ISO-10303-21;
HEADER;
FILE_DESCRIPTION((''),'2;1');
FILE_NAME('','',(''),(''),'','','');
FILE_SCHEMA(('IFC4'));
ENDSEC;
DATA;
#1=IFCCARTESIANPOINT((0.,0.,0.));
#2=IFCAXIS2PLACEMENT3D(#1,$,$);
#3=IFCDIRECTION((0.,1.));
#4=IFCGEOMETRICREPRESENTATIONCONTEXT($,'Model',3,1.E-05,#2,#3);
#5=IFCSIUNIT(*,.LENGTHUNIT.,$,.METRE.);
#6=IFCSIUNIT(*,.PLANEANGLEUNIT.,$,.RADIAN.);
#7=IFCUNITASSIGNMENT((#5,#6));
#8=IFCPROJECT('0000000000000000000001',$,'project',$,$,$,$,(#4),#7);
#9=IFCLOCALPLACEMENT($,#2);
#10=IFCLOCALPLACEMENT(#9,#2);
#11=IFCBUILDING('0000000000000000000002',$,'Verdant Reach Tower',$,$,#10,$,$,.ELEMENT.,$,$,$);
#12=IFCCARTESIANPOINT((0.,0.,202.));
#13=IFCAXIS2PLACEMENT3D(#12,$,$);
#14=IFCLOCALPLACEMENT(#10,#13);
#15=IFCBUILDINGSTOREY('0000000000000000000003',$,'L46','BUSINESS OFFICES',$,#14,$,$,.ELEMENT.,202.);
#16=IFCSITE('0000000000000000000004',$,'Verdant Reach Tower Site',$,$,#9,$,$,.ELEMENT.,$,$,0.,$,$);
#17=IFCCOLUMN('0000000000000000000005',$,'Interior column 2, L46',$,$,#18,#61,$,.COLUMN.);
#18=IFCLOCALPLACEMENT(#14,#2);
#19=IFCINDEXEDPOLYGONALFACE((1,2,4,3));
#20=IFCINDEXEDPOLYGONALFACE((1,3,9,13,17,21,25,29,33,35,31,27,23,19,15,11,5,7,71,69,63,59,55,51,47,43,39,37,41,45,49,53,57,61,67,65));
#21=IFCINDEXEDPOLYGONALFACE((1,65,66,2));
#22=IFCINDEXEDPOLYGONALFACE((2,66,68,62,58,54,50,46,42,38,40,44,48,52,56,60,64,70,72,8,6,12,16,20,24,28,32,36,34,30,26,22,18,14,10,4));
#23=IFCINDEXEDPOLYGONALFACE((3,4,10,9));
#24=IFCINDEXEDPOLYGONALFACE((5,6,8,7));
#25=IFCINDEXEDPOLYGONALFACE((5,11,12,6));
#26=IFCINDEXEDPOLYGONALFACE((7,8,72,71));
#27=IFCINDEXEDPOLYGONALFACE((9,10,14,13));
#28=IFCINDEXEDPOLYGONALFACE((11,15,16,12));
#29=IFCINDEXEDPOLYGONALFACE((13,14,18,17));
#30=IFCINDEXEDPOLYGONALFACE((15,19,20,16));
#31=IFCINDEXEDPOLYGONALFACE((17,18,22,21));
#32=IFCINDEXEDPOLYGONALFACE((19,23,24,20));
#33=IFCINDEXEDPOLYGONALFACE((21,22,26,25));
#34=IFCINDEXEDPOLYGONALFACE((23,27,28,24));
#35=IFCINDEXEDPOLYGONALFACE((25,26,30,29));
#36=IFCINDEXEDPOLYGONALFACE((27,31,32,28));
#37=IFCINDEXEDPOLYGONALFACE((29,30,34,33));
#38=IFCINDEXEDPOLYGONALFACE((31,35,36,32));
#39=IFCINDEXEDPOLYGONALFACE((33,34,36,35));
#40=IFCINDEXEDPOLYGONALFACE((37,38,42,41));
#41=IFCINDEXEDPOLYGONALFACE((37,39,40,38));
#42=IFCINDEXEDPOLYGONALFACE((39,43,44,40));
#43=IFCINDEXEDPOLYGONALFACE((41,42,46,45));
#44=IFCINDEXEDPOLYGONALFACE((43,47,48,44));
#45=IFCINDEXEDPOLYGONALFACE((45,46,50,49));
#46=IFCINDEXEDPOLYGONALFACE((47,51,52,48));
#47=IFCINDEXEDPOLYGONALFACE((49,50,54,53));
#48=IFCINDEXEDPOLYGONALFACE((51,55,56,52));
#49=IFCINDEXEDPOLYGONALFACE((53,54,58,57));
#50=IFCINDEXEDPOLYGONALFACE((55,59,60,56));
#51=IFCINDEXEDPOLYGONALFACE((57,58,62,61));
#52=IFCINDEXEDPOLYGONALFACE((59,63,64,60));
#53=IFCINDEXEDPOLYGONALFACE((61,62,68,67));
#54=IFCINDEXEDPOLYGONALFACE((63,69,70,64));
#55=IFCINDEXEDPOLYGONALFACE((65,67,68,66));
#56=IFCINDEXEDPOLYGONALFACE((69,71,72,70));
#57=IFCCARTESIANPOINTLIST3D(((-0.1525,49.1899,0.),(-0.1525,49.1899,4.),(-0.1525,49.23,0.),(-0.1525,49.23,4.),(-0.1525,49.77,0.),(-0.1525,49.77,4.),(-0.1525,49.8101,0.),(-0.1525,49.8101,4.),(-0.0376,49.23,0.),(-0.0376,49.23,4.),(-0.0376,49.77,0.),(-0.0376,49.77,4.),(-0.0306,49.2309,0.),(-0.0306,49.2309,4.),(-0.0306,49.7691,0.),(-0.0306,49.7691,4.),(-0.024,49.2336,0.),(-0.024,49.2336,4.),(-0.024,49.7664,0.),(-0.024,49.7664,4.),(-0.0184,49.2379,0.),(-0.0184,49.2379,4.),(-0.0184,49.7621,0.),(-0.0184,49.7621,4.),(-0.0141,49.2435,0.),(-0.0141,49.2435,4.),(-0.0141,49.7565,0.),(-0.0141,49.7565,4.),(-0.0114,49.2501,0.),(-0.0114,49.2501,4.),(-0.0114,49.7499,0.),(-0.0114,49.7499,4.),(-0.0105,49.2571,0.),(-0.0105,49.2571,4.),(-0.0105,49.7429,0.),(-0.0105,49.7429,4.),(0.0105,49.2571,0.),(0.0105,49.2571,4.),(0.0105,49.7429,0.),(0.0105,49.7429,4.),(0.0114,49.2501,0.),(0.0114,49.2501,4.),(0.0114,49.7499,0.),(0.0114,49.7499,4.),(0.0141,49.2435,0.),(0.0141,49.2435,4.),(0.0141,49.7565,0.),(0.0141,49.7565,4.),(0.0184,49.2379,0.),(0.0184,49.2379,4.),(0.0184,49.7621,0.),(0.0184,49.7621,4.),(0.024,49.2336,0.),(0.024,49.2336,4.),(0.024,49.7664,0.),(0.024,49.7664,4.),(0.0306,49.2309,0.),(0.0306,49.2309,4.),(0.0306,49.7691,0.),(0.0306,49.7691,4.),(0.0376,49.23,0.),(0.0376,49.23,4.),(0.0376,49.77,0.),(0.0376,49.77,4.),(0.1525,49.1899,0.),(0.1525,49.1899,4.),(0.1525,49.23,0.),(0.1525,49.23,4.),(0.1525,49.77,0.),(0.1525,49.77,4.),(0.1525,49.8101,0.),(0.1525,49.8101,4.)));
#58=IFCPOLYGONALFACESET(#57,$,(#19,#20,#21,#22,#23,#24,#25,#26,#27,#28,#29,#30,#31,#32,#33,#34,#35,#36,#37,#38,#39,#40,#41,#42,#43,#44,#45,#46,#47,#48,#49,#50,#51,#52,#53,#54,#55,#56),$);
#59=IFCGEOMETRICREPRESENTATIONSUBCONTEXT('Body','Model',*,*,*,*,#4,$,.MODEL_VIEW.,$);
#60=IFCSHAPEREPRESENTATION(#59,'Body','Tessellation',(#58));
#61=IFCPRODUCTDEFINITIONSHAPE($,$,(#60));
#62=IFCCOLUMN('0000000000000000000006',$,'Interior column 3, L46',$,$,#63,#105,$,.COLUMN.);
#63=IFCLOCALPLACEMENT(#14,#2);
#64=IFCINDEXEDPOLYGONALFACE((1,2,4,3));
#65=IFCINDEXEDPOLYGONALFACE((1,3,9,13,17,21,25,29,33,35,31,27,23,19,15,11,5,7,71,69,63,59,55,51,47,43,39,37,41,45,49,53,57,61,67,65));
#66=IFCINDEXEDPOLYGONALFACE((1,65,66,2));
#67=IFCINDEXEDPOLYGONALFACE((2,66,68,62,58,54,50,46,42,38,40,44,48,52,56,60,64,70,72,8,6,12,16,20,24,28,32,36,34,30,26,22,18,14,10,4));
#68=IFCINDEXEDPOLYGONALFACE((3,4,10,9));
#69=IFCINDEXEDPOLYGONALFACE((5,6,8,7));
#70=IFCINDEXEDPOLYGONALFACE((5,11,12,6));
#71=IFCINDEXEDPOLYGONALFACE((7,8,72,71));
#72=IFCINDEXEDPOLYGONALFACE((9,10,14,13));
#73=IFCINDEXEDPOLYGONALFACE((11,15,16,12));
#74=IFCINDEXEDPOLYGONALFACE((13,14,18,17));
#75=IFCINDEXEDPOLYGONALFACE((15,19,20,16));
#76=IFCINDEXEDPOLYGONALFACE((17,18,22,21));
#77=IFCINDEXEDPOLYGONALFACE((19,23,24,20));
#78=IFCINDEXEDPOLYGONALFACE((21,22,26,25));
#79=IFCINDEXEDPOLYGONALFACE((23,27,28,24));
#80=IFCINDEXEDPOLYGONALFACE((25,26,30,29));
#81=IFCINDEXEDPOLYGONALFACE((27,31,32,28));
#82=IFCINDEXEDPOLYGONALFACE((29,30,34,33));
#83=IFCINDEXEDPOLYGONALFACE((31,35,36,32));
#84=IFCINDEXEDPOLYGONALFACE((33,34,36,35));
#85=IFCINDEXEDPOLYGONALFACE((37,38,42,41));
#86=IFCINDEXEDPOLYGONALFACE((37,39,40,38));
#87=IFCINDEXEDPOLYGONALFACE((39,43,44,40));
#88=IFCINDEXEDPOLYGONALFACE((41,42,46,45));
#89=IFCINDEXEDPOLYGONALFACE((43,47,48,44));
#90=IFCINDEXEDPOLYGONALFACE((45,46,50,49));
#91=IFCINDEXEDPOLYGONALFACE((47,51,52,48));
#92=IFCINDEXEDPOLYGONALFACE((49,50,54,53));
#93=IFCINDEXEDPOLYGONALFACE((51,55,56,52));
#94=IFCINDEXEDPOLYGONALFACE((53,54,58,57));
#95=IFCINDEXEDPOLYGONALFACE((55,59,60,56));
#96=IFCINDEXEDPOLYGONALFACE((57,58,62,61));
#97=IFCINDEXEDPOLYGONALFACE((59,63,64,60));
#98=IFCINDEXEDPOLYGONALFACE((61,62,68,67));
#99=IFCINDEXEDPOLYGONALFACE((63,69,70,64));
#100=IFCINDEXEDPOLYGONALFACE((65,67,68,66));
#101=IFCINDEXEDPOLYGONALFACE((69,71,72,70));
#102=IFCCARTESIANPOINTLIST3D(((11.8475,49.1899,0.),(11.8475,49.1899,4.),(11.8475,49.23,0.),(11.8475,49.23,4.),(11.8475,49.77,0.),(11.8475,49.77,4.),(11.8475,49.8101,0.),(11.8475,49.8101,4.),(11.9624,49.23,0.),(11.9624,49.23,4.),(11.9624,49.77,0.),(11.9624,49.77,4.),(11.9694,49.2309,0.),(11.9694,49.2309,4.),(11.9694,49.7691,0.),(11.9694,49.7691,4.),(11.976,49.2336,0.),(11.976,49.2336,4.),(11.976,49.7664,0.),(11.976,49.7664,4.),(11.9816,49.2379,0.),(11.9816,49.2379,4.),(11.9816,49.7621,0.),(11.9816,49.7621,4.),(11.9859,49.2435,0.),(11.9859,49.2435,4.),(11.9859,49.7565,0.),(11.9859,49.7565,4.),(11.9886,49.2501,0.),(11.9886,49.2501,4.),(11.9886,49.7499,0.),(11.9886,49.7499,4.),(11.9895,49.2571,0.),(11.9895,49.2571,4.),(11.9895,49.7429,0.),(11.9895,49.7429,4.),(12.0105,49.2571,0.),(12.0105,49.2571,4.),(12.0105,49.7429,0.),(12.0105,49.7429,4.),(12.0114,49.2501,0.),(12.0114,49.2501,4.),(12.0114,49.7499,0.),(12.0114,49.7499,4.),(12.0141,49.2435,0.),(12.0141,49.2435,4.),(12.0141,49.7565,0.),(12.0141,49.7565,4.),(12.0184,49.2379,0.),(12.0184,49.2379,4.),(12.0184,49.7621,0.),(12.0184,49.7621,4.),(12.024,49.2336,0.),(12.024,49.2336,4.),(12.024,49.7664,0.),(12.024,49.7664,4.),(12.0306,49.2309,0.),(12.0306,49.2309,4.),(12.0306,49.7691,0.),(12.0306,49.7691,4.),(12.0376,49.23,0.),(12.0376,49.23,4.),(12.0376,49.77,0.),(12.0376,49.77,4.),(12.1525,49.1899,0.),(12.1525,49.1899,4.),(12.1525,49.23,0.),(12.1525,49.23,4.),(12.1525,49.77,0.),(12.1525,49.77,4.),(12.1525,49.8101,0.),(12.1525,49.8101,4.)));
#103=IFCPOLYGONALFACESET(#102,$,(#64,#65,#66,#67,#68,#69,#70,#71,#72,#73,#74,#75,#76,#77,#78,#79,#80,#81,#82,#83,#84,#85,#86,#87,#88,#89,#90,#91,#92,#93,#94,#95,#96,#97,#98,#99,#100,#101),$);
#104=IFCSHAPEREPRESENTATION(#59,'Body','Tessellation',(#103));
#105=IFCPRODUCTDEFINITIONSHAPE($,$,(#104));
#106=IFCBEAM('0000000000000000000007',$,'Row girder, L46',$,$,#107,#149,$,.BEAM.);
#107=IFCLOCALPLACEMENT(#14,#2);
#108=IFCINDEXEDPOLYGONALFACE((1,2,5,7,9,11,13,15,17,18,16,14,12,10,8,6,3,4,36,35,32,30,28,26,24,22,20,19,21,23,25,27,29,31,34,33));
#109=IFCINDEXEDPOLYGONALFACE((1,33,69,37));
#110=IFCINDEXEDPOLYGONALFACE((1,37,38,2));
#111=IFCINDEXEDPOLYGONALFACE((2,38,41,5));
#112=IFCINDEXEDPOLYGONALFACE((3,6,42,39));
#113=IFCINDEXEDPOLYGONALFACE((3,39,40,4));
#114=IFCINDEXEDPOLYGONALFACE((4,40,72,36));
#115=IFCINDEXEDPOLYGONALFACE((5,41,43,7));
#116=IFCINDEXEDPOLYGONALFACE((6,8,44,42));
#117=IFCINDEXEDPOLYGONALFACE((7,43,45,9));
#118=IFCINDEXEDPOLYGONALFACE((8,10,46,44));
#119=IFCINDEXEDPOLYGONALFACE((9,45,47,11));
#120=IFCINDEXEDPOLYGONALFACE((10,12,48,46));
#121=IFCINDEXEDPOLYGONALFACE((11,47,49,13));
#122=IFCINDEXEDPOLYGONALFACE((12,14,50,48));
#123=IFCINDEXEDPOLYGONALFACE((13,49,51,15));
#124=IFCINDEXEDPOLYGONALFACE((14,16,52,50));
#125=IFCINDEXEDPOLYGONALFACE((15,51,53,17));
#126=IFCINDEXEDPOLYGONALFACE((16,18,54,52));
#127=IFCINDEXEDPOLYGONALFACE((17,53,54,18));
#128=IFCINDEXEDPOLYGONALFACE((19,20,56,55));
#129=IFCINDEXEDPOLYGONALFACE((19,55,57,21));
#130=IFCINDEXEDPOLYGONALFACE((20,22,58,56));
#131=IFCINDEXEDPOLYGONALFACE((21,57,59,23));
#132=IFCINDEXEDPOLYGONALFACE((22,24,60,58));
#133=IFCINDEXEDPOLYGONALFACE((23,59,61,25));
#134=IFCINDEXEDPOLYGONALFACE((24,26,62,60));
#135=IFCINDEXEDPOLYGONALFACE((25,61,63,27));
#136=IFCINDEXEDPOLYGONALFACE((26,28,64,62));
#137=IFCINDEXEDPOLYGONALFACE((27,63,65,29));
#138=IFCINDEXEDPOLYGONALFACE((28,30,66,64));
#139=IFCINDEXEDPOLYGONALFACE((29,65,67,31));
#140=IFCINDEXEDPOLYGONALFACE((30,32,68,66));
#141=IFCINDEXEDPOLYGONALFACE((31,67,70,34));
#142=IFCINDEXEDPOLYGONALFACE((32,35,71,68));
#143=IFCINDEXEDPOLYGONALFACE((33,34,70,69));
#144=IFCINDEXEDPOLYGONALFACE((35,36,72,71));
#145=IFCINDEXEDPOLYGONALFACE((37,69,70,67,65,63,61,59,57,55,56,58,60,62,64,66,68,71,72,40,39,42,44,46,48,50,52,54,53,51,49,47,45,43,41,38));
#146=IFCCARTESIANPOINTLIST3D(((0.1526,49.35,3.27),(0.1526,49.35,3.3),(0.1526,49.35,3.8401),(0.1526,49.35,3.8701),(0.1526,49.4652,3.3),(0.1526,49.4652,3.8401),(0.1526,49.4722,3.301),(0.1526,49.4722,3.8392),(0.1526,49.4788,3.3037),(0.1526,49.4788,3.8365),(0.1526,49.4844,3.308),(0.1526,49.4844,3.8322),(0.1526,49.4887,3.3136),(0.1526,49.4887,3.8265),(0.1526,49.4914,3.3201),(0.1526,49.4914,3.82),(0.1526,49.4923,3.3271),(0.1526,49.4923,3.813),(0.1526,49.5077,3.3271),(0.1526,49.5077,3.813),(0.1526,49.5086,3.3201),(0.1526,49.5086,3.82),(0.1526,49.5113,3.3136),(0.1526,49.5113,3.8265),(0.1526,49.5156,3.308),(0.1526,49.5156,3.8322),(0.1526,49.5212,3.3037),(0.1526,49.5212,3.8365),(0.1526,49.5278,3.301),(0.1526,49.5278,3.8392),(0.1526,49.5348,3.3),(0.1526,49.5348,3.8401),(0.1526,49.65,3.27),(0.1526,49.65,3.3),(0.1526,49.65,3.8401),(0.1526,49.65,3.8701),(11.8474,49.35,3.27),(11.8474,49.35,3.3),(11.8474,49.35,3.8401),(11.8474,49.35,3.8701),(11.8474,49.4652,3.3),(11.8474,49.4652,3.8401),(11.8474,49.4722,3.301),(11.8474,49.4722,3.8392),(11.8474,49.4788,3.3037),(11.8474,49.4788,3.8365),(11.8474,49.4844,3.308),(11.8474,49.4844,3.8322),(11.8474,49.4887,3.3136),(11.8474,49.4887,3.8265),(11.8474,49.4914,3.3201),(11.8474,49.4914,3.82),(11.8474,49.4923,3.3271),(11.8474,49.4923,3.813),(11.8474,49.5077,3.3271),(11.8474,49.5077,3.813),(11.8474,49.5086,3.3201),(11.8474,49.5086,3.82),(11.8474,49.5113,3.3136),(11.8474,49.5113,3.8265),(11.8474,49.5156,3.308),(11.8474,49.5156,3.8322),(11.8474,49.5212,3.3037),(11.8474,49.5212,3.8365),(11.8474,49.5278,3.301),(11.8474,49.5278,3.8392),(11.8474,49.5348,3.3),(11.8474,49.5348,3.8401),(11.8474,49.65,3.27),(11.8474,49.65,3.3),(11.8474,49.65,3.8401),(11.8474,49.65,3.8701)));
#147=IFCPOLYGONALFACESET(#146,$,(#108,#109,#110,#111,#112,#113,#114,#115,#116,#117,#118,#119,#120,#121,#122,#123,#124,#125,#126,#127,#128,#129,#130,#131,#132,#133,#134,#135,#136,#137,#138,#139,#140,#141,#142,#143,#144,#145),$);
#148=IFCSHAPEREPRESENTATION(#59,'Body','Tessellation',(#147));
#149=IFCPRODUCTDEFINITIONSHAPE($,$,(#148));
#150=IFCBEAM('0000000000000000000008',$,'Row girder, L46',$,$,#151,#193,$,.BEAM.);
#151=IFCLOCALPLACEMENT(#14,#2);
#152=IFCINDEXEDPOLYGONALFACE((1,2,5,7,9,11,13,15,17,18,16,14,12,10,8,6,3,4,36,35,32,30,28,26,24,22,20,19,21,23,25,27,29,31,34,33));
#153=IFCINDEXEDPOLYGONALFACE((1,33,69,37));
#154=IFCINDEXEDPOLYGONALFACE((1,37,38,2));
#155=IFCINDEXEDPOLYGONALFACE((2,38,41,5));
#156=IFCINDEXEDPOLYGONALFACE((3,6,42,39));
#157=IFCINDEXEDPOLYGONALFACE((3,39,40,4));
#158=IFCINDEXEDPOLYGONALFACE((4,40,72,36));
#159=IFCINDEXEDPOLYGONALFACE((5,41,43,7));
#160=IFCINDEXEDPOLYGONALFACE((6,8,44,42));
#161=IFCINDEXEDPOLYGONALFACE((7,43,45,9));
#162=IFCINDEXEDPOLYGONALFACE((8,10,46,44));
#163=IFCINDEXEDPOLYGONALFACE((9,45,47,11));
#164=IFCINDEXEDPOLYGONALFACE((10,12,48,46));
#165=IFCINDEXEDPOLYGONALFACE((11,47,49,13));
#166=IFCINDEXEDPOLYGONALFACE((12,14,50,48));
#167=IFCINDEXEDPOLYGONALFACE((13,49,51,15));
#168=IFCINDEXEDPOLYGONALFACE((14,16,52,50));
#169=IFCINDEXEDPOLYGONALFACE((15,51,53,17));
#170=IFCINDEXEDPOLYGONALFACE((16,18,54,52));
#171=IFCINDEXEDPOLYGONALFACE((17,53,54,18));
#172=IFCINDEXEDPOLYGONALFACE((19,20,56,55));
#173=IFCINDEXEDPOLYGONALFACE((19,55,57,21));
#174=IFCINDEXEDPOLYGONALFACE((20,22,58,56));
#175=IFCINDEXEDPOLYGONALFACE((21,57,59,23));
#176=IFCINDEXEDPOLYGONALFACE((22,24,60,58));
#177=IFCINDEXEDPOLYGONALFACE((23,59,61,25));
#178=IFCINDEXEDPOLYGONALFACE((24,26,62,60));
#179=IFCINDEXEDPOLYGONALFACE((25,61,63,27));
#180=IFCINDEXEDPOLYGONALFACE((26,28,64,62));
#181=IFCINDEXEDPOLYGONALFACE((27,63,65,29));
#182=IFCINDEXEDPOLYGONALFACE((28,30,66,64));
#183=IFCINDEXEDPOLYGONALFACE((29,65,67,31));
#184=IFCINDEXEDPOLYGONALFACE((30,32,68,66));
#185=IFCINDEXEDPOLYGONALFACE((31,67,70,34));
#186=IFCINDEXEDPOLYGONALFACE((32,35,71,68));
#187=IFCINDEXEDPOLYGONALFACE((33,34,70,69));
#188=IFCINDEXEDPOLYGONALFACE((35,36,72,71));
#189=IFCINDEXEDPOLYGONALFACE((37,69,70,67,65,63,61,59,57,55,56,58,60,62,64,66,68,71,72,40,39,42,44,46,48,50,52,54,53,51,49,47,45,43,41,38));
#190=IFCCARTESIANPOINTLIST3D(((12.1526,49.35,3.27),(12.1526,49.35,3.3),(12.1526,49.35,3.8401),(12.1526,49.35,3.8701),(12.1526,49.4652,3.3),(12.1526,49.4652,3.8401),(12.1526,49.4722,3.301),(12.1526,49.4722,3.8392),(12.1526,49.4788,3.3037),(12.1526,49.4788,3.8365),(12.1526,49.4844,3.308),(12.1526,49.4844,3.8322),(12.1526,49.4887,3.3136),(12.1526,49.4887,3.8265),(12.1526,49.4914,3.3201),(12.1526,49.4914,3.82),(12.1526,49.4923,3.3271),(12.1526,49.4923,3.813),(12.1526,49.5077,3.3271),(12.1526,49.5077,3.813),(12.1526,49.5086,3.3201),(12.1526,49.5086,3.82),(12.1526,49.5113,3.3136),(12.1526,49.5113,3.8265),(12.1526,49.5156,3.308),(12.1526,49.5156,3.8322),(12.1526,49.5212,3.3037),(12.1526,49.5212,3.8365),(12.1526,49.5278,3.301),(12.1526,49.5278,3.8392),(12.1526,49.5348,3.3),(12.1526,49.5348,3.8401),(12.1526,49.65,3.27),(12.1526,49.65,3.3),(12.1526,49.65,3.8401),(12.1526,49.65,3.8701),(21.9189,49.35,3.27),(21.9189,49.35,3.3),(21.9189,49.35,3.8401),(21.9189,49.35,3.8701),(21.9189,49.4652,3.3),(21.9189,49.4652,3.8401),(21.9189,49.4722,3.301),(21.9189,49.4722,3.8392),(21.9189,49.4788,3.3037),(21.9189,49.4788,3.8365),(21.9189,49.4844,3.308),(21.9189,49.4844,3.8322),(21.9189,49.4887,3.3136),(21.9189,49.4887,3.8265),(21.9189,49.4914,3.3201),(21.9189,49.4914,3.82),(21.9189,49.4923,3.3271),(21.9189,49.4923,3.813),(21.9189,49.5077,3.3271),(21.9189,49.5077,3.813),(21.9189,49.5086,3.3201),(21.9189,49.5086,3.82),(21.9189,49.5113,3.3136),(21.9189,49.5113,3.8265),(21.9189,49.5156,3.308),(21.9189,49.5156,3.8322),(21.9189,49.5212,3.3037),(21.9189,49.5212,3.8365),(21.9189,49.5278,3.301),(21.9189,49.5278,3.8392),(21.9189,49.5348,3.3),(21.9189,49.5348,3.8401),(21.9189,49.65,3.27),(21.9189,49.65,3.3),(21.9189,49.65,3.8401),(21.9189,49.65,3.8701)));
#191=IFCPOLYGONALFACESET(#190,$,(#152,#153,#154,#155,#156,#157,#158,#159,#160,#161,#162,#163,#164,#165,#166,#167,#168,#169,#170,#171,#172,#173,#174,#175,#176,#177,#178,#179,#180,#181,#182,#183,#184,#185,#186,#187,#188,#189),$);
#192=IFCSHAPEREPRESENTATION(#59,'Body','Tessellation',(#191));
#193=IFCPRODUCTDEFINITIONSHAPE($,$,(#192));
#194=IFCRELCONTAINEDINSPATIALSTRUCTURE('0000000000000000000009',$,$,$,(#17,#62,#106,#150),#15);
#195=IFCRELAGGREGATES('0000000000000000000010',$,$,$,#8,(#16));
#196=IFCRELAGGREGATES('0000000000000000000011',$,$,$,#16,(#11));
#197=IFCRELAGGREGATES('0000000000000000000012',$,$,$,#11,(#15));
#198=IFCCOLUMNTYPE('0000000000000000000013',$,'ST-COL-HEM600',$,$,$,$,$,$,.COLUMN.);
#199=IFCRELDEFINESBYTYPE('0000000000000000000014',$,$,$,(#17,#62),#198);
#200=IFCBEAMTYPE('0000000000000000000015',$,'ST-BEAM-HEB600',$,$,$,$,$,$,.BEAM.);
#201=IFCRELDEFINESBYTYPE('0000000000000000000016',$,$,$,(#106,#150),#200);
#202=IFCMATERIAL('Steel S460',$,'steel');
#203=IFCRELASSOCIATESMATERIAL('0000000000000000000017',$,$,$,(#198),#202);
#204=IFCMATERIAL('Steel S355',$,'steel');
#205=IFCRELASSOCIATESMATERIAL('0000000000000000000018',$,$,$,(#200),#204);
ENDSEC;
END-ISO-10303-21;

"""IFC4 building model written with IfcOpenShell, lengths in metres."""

from ifc_helpers import new_model, si_unit, direction, frame, origin, origin_2d, place, context, subcontext, project, spatial, i_section, extrude, material, material_profile, profile_set, type_object, element, save


model = new_model("IFC4")

# Units and contexts
model_context = context("Model", 3, precision=1e-05, world=origin(), true_north=direction((0.0, 1.0)))
body_context = subcontext(model_context, "Body", "Model", "MODEL_VIEW")
ifc_project = project(units=[si_unit("LENGTHUNIT", "METRE"), si_unit("PLANEANGLEUNIT", "RADIAN")], contexts=[model_context])

# Site, building, storey
site_placement = place(None, origin())
site = spatial("IfcSite", under=ifc_project, at=site_placement, Name="Verdant Reach Tower Site", CompositionType="ELEMENT", RefElevation=0.0)
building_placement = place(site_placement, origin())
building = spatial("IfcBuilding", under=site, at=building_placement, Name="Verdant Reach Tower", CompositionType="ELEMENT")
storey_placement = place(building_placement, frame((0.0, 0.0, 202.0)))
storey = spatial("IfcBuildingStorey", under=building, at=storey_placement, Name="L46", Description="BUSINESS OFFICES", CompositionType="ELEMENT", Elevation=202.0)

# Columns
ifc_material_1 = material(Name="Steel S460", Category="steel")
ifc_material_profile_1 = material_profile(ifc_material_1, i_section(OverallWidth=0.3049, OverallDepth=0.6201, WebThickness=0.021, FlangeThickness=0.04, FilletRadius=0.0271, at=origin_2d()), Name="HEM 600")
ifc_profile_set_1 = profile_set([ifc_material_profile_1], Name="Steel S460")
column_type = type_object("IfcColumnType", Name="ST-COL-HEM600", PredefinedType="COLUMN", material=ifc_profile_set_1)
for number, where, z_axis, x_axis, name in (
    (1, (0.0, 49.5, 0.0), (0.0, 0.0, 1.0), (1.0, 0.0, 0.0), "Interior column 2, L46"),
    (2, (12.0, 49.5, 0.0), (0.0, 0.0, 1.0), (1.0, 0.0, 0.0), "Interior column 3, L46"),
):
    element("IfcColumn", number, at=place(storey_placement, frame(where, z_axis=z_axis, x_axis=x_axis)), inside=storey, type_object=column_type, Name=name, PredefinedType="COLUMN", context=body_context, shape_type="SweptSolid", body=[
        extrude(i_section(OverallWidth=0.3049, OverallDepth=0.6201, WebThickness=0.021, FlangeThickness=0.04, FilletRadius=0.0271, at=origin_2d()), origin(), (0.0, 0.0, 1.0), 4.0),
    ])

# Beams
ifc_material_2 = material(Name="Steel S355", Category="steel")
ifc_material_profile_2 = material_profile(ifc_material_2, i_section(OverallWidth=0.3, OverallDepth=0.6001, WebThickness=0.0154, FlangeThickness=0.03, FilletRadius=0.0271, at=origin_2d()), Name="HEB 600")
ifc_profile_set_2 = profile_set([ifc_material_profile_2], Name="Steel S355")
beam_type_1 = type_object("IfcBeamType", Name="ST-BEAM-HEB600", PredefinedType="BEAM", material=ifc_profile_set_2)
beam_1_placement = place(storey_placement, frame((0.1526, 49.5, 3.5701), z_axis=(1.0, 0.0, 0.0), x_axis=(0.0, 1.0, 0.0)))
element("IfcBeam", 3, at=beam_1_placement, inside=storey, type_object=beam_type_1, Name="Row girder, L46", PredefinedType="BEAM", context=body_context, shape_type="SweptSolid", body=[
    extrude(i_section(OverallWidth=0.3, OverallDepth=0.6001, WebThickness=0.0154, FlangeThickness=0.03, FilletRadius=0.0271, at=origin_2d()), origin(), (0.0, 0.0, 1.0), 11.6948),
])
beam_2_placement = place(storey_placement, frame((12.1526, 49.5, 3.5701), z_axis=(1.0, 0.0, 0.0), x_axis=(0.0, 1.0, 0.0)))
element("IfcBeam", 4, at=beam_2_placement, inside=storey, type_object=beam_type_1, Name="Row girder, L46", PredefinedType="BEAM", context=body_context, shape_type="SweptSolid", body=[
    extrude(i_section(OverallWidth=0.3, OverallDepth=0.6001, WebThickness=0.0154, FlangeThickness=0.03, FilletRadius=0.0271, at=origin_2d()), origin(), (0.0, 0.0, 1.0), 9.7664),
])

save(model, "model.ifc")
